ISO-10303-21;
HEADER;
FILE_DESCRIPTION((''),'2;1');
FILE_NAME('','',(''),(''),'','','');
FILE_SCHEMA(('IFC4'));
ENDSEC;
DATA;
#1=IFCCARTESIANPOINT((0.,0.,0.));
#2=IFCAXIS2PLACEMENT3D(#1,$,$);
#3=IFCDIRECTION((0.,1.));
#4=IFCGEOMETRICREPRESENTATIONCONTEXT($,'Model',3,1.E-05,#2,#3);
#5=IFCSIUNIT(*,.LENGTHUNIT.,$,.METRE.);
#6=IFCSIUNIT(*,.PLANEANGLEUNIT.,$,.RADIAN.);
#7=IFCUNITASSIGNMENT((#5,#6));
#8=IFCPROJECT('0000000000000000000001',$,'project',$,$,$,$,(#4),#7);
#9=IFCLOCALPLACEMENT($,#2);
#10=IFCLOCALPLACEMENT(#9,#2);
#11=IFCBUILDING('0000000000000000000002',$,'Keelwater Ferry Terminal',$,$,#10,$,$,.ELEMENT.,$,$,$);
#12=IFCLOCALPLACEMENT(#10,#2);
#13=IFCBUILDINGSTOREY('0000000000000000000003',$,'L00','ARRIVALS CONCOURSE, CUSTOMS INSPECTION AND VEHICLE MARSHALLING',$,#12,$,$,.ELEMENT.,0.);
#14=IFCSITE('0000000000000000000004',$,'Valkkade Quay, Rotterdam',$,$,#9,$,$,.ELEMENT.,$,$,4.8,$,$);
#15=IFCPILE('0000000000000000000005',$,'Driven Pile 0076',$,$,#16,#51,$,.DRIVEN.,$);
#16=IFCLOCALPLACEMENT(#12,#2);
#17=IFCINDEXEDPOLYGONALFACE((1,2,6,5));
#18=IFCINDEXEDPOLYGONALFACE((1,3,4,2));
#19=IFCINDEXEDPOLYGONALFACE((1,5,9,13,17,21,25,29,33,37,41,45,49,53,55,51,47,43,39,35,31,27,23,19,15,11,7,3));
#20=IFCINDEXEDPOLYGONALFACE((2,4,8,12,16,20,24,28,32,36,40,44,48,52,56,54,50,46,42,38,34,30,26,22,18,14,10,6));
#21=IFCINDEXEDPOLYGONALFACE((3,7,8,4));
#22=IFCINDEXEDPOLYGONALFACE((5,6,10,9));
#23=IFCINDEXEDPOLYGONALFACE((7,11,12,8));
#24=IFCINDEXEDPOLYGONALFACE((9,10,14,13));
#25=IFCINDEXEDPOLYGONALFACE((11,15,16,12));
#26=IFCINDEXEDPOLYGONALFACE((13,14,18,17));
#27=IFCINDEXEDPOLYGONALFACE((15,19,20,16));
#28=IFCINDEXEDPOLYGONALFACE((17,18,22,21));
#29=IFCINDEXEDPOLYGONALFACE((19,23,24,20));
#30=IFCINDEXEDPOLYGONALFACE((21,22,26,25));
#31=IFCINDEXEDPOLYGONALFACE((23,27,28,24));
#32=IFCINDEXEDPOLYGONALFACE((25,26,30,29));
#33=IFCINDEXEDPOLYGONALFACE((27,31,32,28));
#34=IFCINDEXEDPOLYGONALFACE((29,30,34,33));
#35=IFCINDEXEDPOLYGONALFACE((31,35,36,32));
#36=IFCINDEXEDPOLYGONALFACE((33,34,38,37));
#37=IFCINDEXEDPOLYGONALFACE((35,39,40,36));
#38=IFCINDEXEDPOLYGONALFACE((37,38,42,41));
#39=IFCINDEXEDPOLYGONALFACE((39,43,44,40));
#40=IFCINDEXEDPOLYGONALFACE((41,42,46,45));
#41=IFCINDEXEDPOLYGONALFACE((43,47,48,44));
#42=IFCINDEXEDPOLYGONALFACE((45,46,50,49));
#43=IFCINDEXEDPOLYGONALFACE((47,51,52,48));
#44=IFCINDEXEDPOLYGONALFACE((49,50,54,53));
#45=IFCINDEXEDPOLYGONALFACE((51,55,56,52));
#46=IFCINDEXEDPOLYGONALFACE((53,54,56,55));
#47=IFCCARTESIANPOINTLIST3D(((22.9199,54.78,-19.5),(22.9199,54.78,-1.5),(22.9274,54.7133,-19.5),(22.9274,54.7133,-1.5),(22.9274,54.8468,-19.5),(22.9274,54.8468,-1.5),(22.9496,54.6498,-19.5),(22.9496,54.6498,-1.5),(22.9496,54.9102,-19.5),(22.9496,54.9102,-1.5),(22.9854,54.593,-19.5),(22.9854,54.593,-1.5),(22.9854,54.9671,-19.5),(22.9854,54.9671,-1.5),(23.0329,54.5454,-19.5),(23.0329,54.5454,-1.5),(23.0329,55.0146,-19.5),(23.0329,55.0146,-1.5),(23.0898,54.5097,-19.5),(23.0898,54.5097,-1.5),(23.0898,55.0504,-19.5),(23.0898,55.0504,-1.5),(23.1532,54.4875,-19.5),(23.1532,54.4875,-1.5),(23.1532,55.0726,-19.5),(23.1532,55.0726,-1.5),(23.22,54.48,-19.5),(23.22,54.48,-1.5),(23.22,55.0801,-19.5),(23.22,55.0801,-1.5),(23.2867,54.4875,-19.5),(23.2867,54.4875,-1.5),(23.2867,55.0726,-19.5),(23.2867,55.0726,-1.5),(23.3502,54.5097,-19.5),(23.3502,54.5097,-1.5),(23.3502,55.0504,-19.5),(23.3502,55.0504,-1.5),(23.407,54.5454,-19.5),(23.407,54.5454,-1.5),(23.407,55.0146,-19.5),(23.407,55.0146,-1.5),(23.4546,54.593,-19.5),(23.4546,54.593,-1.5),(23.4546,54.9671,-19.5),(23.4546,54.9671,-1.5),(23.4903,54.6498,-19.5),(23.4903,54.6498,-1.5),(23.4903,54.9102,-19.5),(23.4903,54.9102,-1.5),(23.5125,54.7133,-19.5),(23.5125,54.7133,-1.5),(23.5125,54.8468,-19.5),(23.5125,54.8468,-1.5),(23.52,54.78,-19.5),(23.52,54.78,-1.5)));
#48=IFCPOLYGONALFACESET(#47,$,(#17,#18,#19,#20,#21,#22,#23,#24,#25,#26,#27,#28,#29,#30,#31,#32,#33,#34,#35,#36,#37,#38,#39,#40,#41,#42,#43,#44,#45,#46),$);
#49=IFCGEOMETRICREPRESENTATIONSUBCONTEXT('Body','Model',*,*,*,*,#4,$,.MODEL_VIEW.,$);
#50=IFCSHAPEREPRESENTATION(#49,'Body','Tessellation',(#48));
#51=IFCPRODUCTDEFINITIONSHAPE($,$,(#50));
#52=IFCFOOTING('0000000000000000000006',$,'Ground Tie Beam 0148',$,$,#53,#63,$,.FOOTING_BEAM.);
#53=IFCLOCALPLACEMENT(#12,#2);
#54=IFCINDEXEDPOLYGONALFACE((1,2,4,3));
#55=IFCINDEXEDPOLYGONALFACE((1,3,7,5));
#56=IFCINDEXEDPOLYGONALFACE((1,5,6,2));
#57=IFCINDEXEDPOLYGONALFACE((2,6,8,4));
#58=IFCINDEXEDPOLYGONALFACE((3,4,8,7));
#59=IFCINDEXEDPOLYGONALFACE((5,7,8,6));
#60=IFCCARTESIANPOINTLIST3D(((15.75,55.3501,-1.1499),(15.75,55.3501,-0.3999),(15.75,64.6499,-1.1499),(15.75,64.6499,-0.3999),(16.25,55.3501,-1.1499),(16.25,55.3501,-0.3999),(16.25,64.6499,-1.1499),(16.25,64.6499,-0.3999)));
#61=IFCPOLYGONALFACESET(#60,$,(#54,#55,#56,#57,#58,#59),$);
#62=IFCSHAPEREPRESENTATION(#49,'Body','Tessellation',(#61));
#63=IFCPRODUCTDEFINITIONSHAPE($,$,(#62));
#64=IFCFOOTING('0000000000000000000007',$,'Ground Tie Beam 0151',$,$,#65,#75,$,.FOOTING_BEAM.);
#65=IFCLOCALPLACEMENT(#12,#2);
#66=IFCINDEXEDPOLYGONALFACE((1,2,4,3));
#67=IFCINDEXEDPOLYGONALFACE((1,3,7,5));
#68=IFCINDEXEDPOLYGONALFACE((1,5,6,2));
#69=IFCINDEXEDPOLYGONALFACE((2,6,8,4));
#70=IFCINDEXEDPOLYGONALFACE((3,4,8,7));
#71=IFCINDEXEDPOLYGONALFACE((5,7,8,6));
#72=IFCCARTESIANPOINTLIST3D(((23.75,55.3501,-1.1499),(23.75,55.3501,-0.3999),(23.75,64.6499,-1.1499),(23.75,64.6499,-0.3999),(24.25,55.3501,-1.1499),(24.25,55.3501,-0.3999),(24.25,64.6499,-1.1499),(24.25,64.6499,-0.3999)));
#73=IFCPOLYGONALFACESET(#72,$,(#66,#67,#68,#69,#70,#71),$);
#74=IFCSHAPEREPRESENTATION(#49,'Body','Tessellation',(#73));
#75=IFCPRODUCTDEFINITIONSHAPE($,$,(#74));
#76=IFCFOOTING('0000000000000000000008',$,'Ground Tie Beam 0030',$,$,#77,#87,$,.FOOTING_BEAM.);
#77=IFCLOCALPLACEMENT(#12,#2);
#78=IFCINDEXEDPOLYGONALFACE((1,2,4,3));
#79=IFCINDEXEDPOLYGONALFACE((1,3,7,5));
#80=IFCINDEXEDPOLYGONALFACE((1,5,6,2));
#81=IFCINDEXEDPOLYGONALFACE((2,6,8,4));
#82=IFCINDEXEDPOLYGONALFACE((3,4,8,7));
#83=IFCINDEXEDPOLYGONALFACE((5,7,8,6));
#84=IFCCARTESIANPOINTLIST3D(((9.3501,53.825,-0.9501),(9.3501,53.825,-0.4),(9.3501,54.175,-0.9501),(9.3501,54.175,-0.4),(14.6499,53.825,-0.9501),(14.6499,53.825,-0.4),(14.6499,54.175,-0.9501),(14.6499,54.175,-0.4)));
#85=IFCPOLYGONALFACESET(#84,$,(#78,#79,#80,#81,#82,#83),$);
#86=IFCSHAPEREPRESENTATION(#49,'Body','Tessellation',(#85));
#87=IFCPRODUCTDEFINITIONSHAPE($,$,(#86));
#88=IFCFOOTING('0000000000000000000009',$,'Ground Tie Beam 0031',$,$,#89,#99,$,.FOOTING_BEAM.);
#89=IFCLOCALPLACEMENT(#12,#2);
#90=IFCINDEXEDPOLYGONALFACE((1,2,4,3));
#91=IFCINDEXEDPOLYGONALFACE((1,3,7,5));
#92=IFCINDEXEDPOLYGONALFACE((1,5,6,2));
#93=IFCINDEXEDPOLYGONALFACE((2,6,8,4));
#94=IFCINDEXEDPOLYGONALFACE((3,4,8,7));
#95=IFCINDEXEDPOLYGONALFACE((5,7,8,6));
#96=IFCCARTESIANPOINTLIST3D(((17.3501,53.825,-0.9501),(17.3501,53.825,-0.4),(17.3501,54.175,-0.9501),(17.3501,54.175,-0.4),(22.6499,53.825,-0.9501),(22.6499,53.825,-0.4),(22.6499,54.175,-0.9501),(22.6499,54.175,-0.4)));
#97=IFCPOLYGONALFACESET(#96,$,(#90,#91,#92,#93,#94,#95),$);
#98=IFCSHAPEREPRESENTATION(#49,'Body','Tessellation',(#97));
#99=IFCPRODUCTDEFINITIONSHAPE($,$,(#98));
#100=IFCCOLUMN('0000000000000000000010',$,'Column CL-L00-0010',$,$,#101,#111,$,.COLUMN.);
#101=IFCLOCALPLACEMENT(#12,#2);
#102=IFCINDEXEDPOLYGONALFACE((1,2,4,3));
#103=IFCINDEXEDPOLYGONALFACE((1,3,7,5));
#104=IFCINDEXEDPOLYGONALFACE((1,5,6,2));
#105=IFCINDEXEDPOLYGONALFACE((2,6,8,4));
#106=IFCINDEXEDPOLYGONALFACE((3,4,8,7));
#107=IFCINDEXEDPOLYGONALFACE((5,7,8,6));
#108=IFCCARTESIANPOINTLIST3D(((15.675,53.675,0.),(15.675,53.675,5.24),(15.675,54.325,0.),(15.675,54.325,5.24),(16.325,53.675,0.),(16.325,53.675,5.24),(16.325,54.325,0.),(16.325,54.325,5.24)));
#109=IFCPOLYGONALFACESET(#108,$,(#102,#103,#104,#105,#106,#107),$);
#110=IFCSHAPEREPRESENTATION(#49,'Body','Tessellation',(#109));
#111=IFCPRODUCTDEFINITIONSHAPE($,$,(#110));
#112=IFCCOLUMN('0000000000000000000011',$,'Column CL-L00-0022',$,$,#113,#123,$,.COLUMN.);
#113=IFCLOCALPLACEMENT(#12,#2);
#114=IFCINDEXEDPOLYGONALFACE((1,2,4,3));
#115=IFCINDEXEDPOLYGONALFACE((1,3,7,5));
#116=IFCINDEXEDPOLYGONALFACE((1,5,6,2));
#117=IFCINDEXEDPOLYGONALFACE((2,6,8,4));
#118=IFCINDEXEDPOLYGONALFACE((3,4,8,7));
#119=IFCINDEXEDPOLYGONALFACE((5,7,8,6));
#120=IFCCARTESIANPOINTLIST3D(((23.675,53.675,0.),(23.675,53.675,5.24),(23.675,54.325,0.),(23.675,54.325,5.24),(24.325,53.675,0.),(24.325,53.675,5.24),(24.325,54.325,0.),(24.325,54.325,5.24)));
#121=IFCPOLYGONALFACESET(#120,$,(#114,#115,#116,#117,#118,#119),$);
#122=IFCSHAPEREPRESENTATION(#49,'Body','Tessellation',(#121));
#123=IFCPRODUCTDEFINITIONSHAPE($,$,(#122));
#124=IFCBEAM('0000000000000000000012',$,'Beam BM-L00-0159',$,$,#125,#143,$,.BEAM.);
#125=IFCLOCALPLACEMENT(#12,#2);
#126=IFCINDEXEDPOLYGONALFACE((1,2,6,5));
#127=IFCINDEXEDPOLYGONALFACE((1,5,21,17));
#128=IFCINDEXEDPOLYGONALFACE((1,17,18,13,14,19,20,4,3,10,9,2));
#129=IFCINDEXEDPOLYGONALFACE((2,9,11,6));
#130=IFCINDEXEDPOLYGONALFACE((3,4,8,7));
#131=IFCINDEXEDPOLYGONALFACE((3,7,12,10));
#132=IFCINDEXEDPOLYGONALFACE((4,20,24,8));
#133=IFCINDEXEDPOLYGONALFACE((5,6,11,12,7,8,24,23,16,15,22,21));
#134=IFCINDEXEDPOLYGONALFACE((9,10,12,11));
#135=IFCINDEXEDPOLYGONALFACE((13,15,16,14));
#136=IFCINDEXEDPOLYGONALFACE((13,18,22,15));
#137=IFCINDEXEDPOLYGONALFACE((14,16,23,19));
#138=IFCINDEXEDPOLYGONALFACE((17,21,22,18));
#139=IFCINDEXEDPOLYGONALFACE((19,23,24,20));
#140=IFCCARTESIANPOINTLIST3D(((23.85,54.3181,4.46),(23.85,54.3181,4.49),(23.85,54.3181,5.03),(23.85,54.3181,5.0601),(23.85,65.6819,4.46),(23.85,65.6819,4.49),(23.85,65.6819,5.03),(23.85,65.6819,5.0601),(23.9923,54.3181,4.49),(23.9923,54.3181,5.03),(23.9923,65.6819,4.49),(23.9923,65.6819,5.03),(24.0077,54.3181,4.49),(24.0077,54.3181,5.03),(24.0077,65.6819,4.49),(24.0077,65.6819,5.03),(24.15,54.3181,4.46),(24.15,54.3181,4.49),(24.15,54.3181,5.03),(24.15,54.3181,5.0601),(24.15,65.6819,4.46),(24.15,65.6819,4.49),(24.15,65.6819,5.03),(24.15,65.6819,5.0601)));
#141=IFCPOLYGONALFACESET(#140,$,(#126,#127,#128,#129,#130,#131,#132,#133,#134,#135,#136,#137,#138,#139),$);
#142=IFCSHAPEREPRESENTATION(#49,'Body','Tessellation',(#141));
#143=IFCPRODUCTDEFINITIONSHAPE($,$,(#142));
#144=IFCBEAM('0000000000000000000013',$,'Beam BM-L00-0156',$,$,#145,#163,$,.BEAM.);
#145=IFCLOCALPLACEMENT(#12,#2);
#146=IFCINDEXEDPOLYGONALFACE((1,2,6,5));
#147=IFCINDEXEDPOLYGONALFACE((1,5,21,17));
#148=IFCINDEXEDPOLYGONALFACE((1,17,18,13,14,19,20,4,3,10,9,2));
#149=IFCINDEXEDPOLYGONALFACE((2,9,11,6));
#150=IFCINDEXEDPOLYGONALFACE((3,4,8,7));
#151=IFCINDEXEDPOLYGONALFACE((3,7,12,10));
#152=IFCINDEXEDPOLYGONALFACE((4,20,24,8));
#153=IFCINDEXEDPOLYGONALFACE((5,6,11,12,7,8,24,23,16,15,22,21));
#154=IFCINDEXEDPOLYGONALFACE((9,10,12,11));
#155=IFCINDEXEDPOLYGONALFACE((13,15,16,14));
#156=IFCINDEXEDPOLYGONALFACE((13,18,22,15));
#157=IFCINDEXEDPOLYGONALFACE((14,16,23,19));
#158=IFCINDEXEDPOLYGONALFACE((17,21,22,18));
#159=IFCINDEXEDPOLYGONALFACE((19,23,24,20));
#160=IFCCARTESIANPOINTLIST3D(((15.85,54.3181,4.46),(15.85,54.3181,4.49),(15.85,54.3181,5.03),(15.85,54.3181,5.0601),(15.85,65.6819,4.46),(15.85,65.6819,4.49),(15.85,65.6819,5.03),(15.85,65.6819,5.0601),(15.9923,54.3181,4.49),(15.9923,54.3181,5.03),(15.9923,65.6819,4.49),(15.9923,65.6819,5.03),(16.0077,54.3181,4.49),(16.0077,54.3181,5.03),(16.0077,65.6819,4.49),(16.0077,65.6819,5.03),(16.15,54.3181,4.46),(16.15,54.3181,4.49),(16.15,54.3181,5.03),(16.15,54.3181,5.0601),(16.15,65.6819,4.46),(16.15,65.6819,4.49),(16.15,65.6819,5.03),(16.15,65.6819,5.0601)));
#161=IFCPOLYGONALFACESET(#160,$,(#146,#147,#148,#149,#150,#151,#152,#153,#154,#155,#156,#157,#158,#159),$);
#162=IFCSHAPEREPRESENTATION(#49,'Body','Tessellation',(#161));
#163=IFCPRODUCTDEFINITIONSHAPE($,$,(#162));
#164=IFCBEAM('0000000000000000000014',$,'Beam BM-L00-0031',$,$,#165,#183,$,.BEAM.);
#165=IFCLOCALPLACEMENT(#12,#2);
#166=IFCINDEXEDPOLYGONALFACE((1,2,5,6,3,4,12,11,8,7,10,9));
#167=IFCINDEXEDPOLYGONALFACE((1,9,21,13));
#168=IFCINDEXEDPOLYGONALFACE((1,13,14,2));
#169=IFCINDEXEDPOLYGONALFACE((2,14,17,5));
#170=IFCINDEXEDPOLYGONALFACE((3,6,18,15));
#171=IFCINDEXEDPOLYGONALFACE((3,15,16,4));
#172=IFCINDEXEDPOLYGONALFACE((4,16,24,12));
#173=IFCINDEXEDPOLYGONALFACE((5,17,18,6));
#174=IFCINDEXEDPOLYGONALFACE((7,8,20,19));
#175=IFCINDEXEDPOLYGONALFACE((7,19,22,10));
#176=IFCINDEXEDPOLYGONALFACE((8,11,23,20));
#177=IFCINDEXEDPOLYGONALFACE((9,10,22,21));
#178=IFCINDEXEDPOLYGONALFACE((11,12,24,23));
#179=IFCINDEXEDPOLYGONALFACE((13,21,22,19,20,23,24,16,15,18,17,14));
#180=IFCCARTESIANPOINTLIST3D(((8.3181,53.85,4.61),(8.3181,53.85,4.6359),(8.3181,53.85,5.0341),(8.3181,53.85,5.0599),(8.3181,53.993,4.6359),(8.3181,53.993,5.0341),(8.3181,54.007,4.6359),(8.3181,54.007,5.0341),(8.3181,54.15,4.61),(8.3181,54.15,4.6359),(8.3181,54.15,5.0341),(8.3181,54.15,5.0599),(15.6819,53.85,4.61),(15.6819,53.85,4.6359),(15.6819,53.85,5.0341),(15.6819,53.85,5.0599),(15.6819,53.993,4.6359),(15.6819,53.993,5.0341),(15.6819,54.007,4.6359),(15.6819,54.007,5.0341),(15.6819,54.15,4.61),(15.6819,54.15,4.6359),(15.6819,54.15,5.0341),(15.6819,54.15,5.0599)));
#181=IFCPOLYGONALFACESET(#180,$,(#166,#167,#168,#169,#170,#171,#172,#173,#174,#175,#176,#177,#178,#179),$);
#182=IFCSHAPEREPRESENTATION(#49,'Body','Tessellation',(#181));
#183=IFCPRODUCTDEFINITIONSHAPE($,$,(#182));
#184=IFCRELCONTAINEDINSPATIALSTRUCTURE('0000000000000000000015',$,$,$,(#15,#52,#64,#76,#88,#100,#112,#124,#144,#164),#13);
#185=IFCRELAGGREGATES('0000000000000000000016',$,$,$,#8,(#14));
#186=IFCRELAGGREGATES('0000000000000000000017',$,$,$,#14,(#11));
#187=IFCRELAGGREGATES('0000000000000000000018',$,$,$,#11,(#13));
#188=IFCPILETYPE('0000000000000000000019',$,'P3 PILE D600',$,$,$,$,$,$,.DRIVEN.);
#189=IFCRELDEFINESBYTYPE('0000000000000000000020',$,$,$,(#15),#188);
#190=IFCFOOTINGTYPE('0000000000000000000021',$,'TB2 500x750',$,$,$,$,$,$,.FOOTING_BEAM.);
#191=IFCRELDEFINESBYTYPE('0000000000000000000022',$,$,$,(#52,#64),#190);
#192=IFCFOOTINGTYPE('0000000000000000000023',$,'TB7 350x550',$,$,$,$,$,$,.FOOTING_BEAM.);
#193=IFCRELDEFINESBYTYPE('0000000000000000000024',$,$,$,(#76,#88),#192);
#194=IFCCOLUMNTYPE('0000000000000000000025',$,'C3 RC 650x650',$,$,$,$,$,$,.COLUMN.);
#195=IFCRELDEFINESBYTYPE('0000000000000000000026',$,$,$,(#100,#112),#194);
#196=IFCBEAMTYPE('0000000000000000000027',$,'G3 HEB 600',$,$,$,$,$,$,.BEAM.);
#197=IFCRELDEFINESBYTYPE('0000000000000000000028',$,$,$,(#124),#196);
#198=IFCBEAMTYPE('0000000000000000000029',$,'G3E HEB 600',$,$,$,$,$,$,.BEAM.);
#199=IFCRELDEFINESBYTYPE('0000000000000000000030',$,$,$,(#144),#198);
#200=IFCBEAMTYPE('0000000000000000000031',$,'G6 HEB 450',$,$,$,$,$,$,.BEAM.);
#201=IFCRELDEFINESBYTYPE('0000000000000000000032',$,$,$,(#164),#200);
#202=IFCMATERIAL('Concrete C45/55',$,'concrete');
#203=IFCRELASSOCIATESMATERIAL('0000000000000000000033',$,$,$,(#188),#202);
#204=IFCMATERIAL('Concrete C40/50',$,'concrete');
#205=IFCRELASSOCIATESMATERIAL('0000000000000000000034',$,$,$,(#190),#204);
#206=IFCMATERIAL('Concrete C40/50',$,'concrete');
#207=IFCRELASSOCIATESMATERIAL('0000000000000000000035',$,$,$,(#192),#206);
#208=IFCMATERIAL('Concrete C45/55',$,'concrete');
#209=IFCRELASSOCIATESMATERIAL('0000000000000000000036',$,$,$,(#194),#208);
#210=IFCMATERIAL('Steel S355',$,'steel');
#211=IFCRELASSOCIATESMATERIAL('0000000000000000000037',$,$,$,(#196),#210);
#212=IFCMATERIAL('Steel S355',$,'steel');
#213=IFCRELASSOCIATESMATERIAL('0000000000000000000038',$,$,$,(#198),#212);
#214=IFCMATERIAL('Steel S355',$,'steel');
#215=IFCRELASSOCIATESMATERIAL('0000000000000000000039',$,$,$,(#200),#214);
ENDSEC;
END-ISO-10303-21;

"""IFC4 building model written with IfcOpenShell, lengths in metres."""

from ifc_helpers import new_model, si_unit, direction, frame, origin, origin_2d, place, context, subcontext, project, spatial, rectangle, circle, i_section, extrude, material, material_profile, profile_set, type_object, element, save


model = new_model("IFC4")

# Units and contexts
model_context = context("Model", 3, precision=1e-05, world=origin(), true_north=direction((0.0, 1.0)))
body_context = subcontext(model_context, "Body", "Model", "MODEL_VIEW")
ifc_project = project(units=[si_unit("LENGTHUNIT", "METRE"), si_unit("PLANEANGLEUNIT", "RADIAN")], contexts=[model_context])

# Site, building, storey
site_placement = place(None, origin())
site = spatial("IfcSite", under=ifc_project, at=site_placement, Name="Valkkade Quay, Rotterdam", CompositionType="ELEMENT", RefElevation=4.8)
building_placement = place(site_placement, origin())
building = spatial("IfcBuilding", under=site, at=building_placement, Name="Keelwater Ferry Terminal", CompositionType="ELEMENT")
storey_placement = place(building_placement, origin())
storey = spatial("IfcBuildingStorey", under=building, at=storey_placement, Name="L00", Description="ARRIVALS CONCOURSE, CUSTOMS INSPECTION AND VEHICLE MARSHALLING", CompositionType="ELEMENT", Elevation=0.0)

# Pile
ifc_material_1 = material(Name="Concrete C45/55", Category="concrete")
ifc_material_profile_1 = material_profile(ifc_material_1, circle(Radius=0.3, at=origin_2d()), Name="PILE D600")
ifc_profile_set_1 = profile_set([ifc_material_profile_1], Name="Concrete C45/55")
pile_type = type_object("IfcPileType", Name="P3 PILE D600", PredefinedType="DRIVEN", material=ifc_profile_set_1)
for number, where, z_axis, x_axis, name in (
    (1, (23.22, 54.78, -1.5), (0.0, 0.0, -1.0), (1.0, 0.0, 0.0), "Driven Pile 0076"),
):
    element("IfcPile", number, at=place(storey_placement, frame(where, z_axis=z_axis, x_axis=x_axis)), inside=storey, type_object=pile_type, Name=name, PredefinedType="DRIVEN", context=body_context, shape_type="SweptSolid", body=[
        extrude(circle(Radius=0.3, at=origin_2d()), origin(), (0.0, 0.0, 1.0), 18.0),
    ])

# Footings
ifc_material_2 = material(Name="Concrete C40/50", Category="concrete")
ifc_material_profile_2 = material_profile(ifc_material_2, rectangle(XDim=0.5, YDim=0.75, at=origin_2d()), Name="TB 500x750")
ifc_profile_set_2 = profile_set([ifc_material_profile_2], Name="Concrete C40/50")
footing_type_1 = type_object("IfcFootingType", Name="TB2 500x750", PredefinedType="FOOTING_BEAM", material=ifc_profile_set_2)
for number, where, z_axis, x_axis, name in (
    (2, (16.0, 55.3501, -0.7749), (0.0, 1.0, 0.0), (-1.0, 0.0, 0.0), "Ground Tie Beam 0148"),
    (3, (24.0, 55.3501, -0.7749), (0.0, 1.0, 0.0), (-1.0, 0.0, 0.0), "Ground Tie Beam 0151"),
):
    element("IfcFooting", number, at=place(storey_placement, frame(where, z_axis=z_axis, x_axis=x_axis)), inside=storey, type_object=footing_type_1, Name=name, PredefinedType="FOOTING_BEAM", context=body_context, shape_type="SweptSolid", body=[
        extrude(rectangle(XDim=0.5, YDim=0.75, at=origin_2d()), origin(), (0.0, 0.0, 1.0), 9.2998),
    ])
ifc_material_3 = material(Name="Concrete C40/50", Category="concrete")
ifc_material_profile_3 = material_profile(ifc_material_3, rectangle(XDim=0.3501, YDim=0.55, at=origin_2d()), Name="TB 350x550")
ifc_profile_set_3 = profile_set([ifc_material_profile_3], Name="Concrete C40/50")
footing_type_2 = type_object("IfcFootingType", Name="TB7 350x550", PredefinedType="FOOTING_BEAM", material=ifc_profile_set_3)
for number, where, z_axis, x_axis, name in (
    (4, (9.3501, 54.0, -0.675), (1.0, 0.0, 0.0), (0.0, 1.0, 0.0), "Ground Tie Beam 0030"),
    (5, (17.3501, 54.0, -0.675), (1.0, 0.0, 0.0), (0.0, 1.0, 0.0), "Ground Tie Beam 0031"),
):
    element("IfcFooting", number, at=place(storey_placement, frame(where, z_axis=z_axis, x_axis=x_axis)), inside=storey, type_object=footing_type_2, Name=name, PredefinedType="FOOTING_BEAM", context=body_context, shape_type="SweptSolid", body=[
        extrude(rectangle(XDim=0.3501, YDim=0.55, at=origin_2d()), origin(), (0.0, 0.0, 1.0), 5.2998),
    ])

# Columns
ifc_material_4 = material(Name="Concrete C45/55", Category="concrete")
ifc_material_profile_4 = material_profile(ifc_material_4, rectangle(XDim=0.6499, YDim=0.6499, at=origin_2d()), Name="RC 650x650")
ifc_profile_set_4 = profile_set([ifc_material_profile_4], Name="Concrete C45/55")
column_type = type_object("IfcColumnType", Name="C3 RC 650x650", PredefinedType="COLUMN", material=ifc_profile_set_4)
for number, where, z_axis, x_axis, name in (
    (6, (16.0, 54.0, 0.0), (0.0, 0.0, 1.0), (1.0, 0.0, 0.0), "Column CL-L00-0010"),
    (7, (24.0, 54.0, 0.0), (0.0, 0.0, 1.0), (1.0, 0.0, 0.0), "Column CL-L00-0022"),
):
    element("IfcColumn", number, at=place(storey_placement, frame(where, z_axis=z_axis, x_axis=x_axis)), inside=storey, type_object=column_type, Name=name, PredefinedType="COLUMN", context=body_context, shape_type="SweptSolid", body=[
        extrude(rectangle(XDim=0.6499, YDim=0.6499, at=origin_2d()), origin(), (0.0, 0.0, 1.0), 5.24),
    ])

# Beams
ifc_material_5 = material(Name="Steel S355", Category="steel")
ifc_material_profile_5 = material_profile(ifc_material_5, i_section(OverallWidth=0.3, OverallDepth=0.6001, WebThickness=0.0154, FlangeThickness=0.03, at=origin_2d()), Name="HEB 600")
ifc_profile_set_5 = profile_set([ifc_material_profile_5], Name="Steel S355")
beam_type_1 = type_object("IfcBeamType", Name="G3 HEB 600", PredefinedType="BEAM", material=ifc_profile_set_5)
beam_1_placement = place(storey_placement, frame((24.0, 54.3181, 4.76), z_axis=(0.0, 1.0, 0.0), x_axis=(-1.0, 0.0, 0.0)))
element("IfcBeam", 8, at=beam_1_placement, inside=storey, type_object=beam_type_1, Name="Beam BM-L00-0159", PredefinedType="BEAM", context=body_context, shape_type="SweptSolid", body=[
    extrude(i_section(OverallWidth=0.3, OverallDepth=0.6001, WebThickness=0.0154, FlangeThickness=0.03, at=origin_2d()), origin(), (0.0, 0.0, 1.0), 11.3638),
])
ifc_material_6 = material(Name="Steel S355", Category="steel")
ifc_material_profile_6 = material_profile(ifc_material_6, i_section(OverallWidth=0.3, OverallDepth=0.6001, WebThickness=0.0154, FlangeThickness=0.03, at=origin_2d()), Name="HEB 600")
ifc_profile_set_6 = profile_set([ifc_material_profile_6], Name="Steel S355")
beam_type_2 = type_object("IfcBeamType", Name="G3E HEB 600", PredefinedType="BEAM", material=ifc_profile_set_6)
beam_2_placement = place(storey_placement, frame((16.0, 54.3181, 4.76), z_axis=(0.0, 1.0, 0.0), x_axis=(-1.0, 0.0, 0.0)))
element("IfcBeam", 9, at=beam_2_placement, inside=storey, type_object=beam_type_2, Name="Beam BM-L00-0156", PredefinedType="BEAM", context=body_context, shape_type="SweptSolid", body=[
    extrude(i_section(OverallWidth=0.3, OverallDepth=0.6001, WebThickness=0.0154, FlangeThickness=0.03, at=origin_2d()), origin(), (0.0, 0.0, 1.0), 11.3638),
])
ifc_material_7 = material(Name="Steel S355", Category="steel")
ifc_material_profile_7 = material_profile(ifc_material_7, i_section(OverallWidth=0.3, OverallDepth=0.45, WebThickness=0.0139, FlangeThickness=0.0259, at=origin_2d()), Name="HEB 450")
ifc_profile_set_7 = profile_set([ifc_material_profile_7], Name="Steel S355")
beam_type_3 = type_object("IfcBeamType", Name="G6 HEB 450", PredefinedType="BEAM", material=ifc_profile_set_7)
for number, where, z_axis, x_axis, name in (
    (10, (8.3181, 54.0, 4.835), (1.0, 0.0, 0.0), (0.0, 1.0, 0.0), "Beam BM-L00-0031"),
):
    element("IfcBeam", number, at=place(storey_placement, frame(where, z_axis=z_axis, x_axis=x_axis)), inside=storey, type_object=beam_type_3, Name=name, PredefinedType="BEAM", context=body_context, shape_type="SweptSolid", body=[
        extrude(i_section(OverallWidth=0.3, OverallDepth=0.45, WebThickness=0.0139, FlangeThickness=0.0259, at=origin_2d()), origin(), (0.0, 0.0, 1.0), 7.3638),
    ])

save(model, "model.ifc")
